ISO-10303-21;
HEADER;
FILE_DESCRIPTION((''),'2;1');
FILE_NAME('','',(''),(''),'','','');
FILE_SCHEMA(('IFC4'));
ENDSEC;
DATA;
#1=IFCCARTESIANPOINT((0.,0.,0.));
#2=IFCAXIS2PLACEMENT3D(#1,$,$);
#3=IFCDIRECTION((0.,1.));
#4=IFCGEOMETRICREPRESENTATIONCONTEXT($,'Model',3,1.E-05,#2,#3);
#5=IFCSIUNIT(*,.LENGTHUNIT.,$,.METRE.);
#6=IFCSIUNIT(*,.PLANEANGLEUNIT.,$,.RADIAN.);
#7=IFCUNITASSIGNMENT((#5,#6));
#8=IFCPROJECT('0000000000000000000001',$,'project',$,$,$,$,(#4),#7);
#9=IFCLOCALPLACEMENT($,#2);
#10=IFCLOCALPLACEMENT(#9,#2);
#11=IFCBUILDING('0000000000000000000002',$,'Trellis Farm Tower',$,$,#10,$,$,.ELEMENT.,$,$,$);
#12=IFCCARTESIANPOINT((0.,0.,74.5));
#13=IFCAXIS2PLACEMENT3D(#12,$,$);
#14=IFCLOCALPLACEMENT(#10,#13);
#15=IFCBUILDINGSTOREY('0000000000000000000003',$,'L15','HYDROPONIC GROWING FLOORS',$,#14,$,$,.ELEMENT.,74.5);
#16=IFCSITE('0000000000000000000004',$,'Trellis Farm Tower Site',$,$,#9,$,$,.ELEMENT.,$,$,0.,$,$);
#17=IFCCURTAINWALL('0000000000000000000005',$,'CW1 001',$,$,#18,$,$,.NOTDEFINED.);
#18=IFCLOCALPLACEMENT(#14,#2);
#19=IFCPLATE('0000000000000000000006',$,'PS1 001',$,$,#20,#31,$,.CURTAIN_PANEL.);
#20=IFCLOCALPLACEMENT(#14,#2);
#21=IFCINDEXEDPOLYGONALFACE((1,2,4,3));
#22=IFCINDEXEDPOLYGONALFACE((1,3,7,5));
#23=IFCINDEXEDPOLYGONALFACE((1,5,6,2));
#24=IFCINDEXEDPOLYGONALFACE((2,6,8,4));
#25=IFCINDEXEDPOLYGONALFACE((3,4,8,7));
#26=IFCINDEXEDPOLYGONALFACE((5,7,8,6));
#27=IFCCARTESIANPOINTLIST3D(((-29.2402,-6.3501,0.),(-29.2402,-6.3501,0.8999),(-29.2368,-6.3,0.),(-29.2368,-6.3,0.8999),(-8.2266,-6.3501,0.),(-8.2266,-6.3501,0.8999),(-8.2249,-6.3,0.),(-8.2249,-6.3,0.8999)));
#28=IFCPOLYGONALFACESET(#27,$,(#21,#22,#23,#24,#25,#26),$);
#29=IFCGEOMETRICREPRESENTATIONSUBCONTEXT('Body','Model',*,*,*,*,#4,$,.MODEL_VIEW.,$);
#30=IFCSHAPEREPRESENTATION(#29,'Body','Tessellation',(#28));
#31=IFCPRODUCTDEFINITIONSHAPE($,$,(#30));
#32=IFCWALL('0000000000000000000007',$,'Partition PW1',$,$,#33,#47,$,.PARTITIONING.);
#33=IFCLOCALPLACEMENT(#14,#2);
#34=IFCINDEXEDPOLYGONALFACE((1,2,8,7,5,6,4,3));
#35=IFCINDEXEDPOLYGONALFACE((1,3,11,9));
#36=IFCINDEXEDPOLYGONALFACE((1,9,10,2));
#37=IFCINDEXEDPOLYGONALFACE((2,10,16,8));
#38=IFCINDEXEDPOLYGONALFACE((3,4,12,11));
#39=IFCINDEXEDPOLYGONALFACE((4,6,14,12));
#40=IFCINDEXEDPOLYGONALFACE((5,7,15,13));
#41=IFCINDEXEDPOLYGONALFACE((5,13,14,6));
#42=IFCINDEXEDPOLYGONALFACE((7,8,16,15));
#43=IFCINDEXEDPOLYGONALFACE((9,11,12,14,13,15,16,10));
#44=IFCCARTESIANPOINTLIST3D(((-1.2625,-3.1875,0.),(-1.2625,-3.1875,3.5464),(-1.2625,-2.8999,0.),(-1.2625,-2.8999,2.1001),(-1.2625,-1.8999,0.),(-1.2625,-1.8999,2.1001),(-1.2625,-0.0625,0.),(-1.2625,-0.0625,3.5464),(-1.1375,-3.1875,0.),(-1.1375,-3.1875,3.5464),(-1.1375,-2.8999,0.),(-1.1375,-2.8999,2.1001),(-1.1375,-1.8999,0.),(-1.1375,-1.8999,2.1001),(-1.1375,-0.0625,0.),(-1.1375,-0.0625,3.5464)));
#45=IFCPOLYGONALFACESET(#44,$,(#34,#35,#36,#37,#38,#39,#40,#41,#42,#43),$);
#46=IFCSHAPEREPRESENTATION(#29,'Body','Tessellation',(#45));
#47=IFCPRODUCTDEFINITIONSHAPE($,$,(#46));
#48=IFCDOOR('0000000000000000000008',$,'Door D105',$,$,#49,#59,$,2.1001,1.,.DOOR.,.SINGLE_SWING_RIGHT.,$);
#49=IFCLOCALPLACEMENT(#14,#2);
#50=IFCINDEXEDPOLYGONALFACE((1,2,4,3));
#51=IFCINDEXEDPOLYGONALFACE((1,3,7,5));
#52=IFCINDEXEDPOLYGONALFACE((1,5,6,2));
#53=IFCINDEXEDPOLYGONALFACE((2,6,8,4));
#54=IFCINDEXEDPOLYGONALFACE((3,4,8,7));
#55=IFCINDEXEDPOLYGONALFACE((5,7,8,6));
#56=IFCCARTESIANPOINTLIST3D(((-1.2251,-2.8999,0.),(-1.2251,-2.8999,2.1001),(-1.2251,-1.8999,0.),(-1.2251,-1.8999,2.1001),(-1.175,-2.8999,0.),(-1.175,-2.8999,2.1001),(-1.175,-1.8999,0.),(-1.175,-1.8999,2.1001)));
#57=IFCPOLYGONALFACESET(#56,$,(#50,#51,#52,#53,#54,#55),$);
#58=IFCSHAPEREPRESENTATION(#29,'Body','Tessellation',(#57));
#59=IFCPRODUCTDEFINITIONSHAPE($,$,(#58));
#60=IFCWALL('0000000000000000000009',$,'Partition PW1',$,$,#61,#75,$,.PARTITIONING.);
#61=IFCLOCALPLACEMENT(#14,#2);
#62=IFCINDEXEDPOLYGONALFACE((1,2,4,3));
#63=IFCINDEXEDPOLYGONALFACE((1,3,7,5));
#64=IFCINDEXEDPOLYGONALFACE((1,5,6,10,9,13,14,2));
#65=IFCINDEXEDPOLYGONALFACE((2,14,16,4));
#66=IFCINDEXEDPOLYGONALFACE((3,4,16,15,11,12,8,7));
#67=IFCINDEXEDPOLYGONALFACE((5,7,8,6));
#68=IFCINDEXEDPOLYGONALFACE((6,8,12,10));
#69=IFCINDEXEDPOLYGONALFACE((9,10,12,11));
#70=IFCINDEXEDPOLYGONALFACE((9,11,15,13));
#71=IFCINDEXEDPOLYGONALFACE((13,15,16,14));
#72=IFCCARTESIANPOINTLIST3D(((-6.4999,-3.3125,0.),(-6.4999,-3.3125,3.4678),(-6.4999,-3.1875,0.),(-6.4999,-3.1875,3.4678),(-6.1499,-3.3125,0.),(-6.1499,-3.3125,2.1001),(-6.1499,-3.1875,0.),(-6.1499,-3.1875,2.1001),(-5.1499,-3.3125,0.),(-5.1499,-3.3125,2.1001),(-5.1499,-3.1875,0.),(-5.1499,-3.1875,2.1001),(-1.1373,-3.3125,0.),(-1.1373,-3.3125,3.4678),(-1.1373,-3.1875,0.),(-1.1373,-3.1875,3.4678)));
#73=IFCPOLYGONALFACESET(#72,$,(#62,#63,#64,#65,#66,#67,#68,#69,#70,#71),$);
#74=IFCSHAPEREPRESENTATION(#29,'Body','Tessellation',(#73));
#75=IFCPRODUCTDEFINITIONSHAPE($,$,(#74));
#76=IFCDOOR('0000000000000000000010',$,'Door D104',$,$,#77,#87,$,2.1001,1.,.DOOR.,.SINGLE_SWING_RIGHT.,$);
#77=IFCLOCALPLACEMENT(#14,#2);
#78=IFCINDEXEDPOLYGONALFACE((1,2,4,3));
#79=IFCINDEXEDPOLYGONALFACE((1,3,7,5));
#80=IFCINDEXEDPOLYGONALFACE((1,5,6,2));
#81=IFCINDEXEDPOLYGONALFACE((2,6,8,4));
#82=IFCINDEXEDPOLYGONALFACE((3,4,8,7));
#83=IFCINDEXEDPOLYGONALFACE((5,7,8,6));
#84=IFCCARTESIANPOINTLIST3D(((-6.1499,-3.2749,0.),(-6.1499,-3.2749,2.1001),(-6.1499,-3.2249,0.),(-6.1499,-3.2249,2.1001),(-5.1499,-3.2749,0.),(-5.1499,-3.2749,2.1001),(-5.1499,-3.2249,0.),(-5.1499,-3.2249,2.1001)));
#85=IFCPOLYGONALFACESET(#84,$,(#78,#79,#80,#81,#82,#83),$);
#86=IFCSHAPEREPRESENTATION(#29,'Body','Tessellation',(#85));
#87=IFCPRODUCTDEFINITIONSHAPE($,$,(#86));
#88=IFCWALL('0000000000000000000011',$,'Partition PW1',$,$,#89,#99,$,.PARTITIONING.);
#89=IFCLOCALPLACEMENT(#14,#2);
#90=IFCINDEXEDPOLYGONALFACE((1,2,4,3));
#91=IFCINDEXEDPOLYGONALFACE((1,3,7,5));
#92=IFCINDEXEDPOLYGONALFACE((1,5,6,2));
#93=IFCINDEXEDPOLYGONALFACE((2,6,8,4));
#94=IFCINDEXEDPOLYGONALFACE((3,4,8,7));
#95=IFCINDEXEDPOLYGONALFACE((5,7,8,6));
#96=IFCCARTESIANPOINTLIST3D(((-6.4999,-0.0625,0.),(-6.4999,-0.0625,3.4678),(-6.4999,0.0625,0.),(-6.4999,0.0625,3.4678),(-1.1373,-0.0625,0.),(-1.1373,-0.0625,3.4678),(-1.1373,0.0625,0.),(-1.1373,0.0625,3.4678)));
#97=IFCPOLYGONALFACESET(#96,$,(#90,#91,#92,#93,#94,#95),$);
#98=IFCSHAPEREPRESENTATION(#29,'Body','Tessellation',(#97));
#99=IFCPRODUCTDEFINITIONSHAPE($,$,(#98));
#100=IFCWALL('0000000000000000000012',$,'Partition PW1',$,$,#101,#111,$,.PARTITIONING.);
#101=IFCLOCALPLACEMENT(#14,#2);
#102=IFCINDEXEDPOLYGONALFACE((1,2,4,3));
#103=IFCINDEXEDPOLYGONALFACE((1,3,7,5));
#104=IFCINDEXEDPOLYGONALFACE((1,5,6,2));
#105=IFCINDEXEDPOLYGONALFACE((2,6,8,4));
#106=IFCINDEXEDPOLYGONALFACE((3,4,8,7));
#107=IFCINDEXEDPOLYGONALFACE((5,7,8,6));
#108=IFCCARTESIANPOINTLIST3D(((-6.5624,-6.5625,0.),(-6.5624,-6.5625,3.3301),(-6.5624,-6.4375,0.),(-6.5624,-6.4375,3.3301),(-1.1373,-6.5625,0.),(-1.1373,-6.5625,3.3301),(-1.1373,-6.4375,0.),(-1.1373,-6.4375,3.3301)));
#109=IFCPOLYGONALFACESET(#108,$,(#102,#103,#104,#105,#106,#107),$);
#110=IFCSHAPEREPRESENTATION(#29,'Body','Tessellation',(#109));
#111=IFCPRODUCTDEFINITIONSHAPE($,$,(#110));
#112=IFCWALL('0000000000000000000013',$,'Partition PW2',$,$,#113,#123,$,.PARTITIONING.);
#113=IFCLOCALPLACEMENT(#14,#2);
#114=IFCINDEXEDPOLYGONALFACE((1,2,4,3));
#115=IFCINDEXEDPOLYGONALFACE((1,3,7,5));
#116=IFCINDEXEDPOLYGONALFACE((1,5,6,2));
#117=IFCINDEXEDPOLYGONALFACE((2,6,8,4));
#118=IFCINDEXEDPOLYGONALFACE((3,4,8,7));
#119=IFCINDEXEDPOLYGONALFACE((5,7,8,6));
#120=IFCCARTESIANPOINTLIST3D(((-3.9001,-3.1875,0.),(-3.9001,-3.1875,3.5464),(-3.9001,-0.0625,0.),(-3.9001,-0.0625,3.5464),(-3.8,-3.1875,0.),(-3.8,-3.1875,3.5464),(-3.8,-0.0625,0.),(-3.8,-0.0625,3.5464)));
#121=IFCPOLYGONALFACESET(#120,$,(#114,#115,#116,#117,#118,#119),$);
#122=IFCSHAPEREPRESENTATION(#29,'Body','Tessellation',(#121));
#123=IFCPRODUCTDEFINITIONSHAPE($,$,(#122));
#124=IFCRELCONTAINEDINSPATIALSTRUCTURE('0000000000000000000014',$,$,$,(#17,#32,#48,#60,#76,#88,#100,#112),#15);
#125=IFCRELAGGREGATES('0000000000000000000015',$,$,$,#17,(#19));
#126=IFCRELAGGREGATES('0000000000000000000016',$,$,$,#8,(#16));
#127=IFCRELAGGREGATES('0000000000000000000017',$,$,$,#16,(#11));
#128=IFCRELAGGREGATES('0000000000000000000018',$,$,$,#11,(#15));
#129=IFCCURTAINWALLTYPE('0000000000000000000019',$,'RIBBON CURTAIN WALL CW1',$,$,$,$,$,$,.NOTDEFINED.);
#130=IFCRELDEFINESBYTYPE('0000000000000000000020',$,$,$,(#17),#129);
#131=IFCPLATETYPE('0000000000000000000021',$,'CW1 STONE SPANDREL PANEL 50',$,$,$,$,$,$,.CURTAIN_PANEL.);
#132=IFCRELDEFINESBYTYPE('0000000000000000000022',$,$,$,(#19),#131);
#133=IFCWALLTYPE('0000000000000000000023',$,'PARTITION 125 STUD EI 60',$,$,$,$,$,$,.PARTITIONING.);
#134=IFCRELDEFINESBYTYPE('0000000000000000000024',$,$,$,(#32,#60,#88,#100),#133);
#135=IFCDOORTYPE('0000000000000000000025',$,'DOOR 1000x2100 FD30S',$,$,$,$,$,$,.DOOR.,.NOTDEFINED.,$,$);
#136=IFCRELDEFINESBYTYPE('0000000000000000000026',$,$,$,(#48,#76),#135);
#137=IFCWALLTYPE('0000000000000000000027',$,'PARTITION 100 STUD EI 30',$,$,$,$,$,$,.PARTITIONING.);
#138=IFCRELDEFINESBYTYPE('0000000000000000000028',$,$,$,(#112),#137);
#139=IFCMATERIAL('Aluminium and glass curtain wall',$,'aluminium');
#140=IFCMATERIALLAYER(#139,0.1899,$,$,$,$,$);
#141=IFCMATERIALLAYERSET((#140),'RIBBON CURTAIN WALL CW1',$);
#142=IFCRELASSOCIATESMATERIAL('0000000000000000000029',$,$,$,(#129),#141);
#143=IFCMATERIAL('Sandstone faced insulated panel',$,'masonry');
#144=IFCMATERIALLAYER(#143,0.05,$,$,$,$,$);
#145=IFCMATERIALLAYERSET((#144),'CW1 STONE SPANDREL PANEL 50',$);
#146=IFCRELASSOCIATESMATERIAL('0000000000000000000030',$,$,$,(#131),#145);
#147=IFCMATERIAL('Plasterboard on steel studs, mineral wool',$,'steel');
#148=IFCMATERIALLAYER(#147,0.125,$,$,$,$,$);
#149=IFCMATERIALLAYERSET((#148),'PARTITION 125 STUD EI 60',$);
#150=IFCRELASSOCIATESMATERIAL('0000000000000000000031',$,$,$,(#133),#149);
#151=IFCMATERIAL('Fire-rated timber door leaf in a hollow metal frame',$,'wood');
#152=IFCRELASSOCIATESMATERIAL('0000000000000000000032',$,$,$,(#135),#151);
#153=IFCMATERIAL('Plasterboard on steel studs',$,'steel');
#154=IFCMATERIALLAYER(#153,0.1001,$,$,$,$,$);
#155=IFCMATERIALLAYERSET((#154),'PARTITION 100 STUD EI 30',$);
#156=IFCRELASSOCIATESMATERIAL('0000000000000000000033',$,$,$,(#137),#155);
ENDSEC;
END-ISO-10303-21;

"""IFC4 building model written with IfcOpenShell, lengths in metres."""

from ifc_helpers import new_model, si_unit, direction, frame, frame_2d, origin, place, context, subcontext, project, spatial, polyline, rectangle, outline, extrude, source, transform, mapped, material, layer, layer_set, type_object, element, fill, aggregate, save


model = new_model("IFC4")

# Units and contexts
model_context = context("Model", 3, precision=1e-05, world=origin(), true_north=direction((0.0, 1.0)))
body_context = subcontext(model_context, "Body", "Model", "MODEL_VIEW")
ifc_project = project(units=[si_unit("LENGTHUNIT", "METRE"), si_unit("PLANEANGLEUNIT", "RADIAN")], contexts=[model_context])

# Site, building, storey
site_placement = place(None, origin())
site = spatial("IfcSite", under=ifc_project, at=site_placement, Name="Trellis Farm Tower Site", CompositionType="ELEMENT", RefElevation=0.0)
building_placement = place(site_placement, origin())
building = spatial("IfcBuilding", under=site, at=building_placement, Name="Trellis Farm Tower", CompositionType="ELEMENT")
storey_placement = place(building_placement, frame((0.0, 0.0, 74.5)))
storey = spatial("IfcBuildingStorey", under=building, at=storey_placement, Name="L15", Description="HYDROPONIC GROWING FLOORS", CompositionType="ELEMENT", Elevation=74.5)

# Shared definitions
placement_1 = place(storey_placement, origin())

# Curtain wall, plate
ifc_material_1 = material(Name="Aluminium and glass curtain wall", Category="aluminium")
ifc_layer_1 = layer(ifc_material_1, 0.1899)
ifc_layer_set_1 = layer_set([ifc_layer_1], Name="RIBBON CURTAIN WALL CW1")
curtain_wall_type = type_object("IfcCurtainWallType", Name="RIBBON CURTAIN WALL CW1", PredefinedType="NOTDEFINED", material=ifc_layer_set_1)
curtain_wall = element("IfcCurtainWall", 1, at=placement_1, inside=storey, type_object=curtain_wall_type, Name="CW1 001", PredefinedType="NOTDEFINED")
ifc_material_2 = material(Name="Sandstone faced insulated panel", Category="masonry")
ifc_layer_2 = layer(ifc_material_2, 0.05)
ifc_layer_set_2 = layer_set([ifc_layer_2], Name="CW1 STONE SPANDREL PANEL 50")
plate_type_1 = type_object("IfcPlateType", Name="CW1 STONE SPANDREL PANEL 50", PredefinedType="CURTAIN_PANEL", material=ifc_layer_set_2)
shared_shape_1 = source(origin(), body_context, "Body", "SweptSolid", [
    extrude(outline(polyline([(-29.2402, -6.3501), (-8.2266, -6.3501), (-8.2249, -6.3), (-29.2368, -6.3), (-29.2402, -6.3501)])), origin(), (0.0, 0.0, 1.0), 0.8999),
])
plate_1 = element("IfcPlate", 2, at=placement_1, type_object=plate_type_1, Name="PS1 001", PredefinedType="CURTAIN_PANEL", context=body_context, shape_type="MappedRepresentation", body=[
    mapped(shared_shape_1, transform((0.0, 0.0, 0.0))),
])
aggregate(curtain_wall, [plate_1])

# Walls, openings, doors
ifc_material_3 = material(Name="Plasterboard on steel studs, mineral wool", Category="steel")
ifc_layer_3 = layer(ifc_material_3, 0.125)
ifc_layer_set_3 = layer_set([ifc_layer_3], Name="PARTITION 125 STUD EI 60")
wall_type_1 = type_object("IfcWallType", Name="PARTITION 125 STUD EI 60", PredefinedType="PARTITIONING", material=ifc_layer_set_3)
shared_shape_2 = source(origin(), body_context, "Body", "SweptSolid", [
    extrude(rectangle(XDim=3.125, YDim=0.125, at=frame_2d((1.5625, 0.0))), origin(), (0.0, 0.0, 1.0), 3.5464),
])
wall_1_placement = place(storey_placement, frame((-1.2, -0.0625, 0.0), z_axis=(0.0, 0.0, 1.0), x_axis=(0.0, -1.0, 0.0)))
wall_1 = element("IfcWall", 3, at=wall_1_placement, inside=storey, type_object=wall_type_1, Name="Partition PW1", PredefinedType="PARTITIONING", context=body_context, shape_type="MappedRepresentation", body=[
    mapped(shared_shape_2, transform((0.0, 0.0, 0.0))),
])
shared_shape_3 = source(origin(), body_context, "Body", "SweptSolid", [
    extrude(rectangle(XDim=1.0, YDim=2.1001, at=frame_2d((0.5, 1.05))), frame((0.0, 0.0725, 0.0), z_axis=(0.0, -1.0, 0.0), x_axis=(1.0, 0.0, 0.0)), (0.0, 0.0, 1.0), 0.145),
])
opening_1_placement = place(wall_1_placement, frame((1.8374, 0.0, 0.0)))
opening_1 = element("IfcOpeningElement", 4, at=opening_1_placement, cuts=wall_1, PredefinedType="OPENING", context=body_context, shape_type="MappedRepresentation", body=[
    mapped(shared_shape_3, transform((0.0, 0.0, 0.0))),
])
ifc_material_4 = material(Name="Fire-rated timber door leaf in a hollow metal frame", Category="wood")
door_type = type_object("IfcDoorType", Name="DOOR 1000x2100 FD30S", OperationType="NOTDEFINED", PredefinedType="DOOR", material=ifc_material_4)
shared_shape_4 = source(origin(), body_context, "Body", "SweptSolid", [
    extrude(rectangle(XDim=1.0, YDim=2.1001, at=frame_2d((0.5, 1.05))), frame((0.0, 0.0249, 0.0), z_axis=(0.0, -1.0, 0.0), x_axis=(1.0, 0.0, 0.0)), (0.0, 0.0, 1.0), 0.05),
])
door_1_placement = place(opening_1_placement, origin())
door_1 = element("IfcDoor", 5, at=door_1_placement, inside=storey, type_object=door_type, Name="Door D105", OperationType="SINGLE_SWING_RIGHT", OverallHeight=2.1001, OverallWidth=1.0, PredefinedType="DOOR", context=body_context, shape_type="MappedRepresentation", body=[
    mapped(shared_shape_4, transform((0.0, 0.0, 0.0))),
])
fill(opening_1, door_1)
shared_shape_5 = source(origin(), body_context, "Body", "SweptSolid", [
    extrude(rectangle(XDim=5.3625, YDim=0.125, at=frame_2d((2.6812, 0.0))), origin(), (0.0, 0.0, 1.0), 3.4678),
])
wall_2_placement = place(storey_placement, frame((-1.1375, -3.25, 0.0), z_axis=(0.0, 0.0, 1.0), x_axis=(-1.0, 0.0, 0.0)))
wall_2 = element("IfcWall", 6, at=wall_2_placement, inside=storey, type_object=wall_type_1, Name="Partition PW1", PredefinedType="PARTITIONING", context=body_context, shape_type="MappedRepresentation", body=[
    mapped(shared_shape_5, transform((0.0, 0.0, 0.0))),
])
opening_2_placement = place(wall_2_placement, frame((4.0125, 0.0, 0.0)))
opening_2 = element("IfcOpeningElement", 7, at=opening_2_placement, cuts=wall_2, PredefinedType="OPENING", context=body_context, shape_type="MappedRepresentation", body=[
    mapped(shared_shape_3, transform((0.0, 0.0, 0.0))),
])
door_2_placement = place(opening_2_placement, origin())
door_2 = element("IfcDoor", 8, at=door_2_placement, inside=storey, type_object=door_type, Name="Door D104", OperationType="SINGLE_SWING_RIGHT", OverallHeight=2.1001, OverallWidth=1.0, PredefinedType="DOOR", context=body_context, shape_type="MappedRepresentation", body=[
    mapped(shared_shape_4, transform((0.0, 0.0, 0.0))),
])
fill(opening_2, door_2)

# Walls
wall_3_placement = place(storey_placement, frame((-1.1375, 0.0, 0.0), z_axis=(0.0, 0.0, 1.0), x_axis=(-1.0, 0.0, 0.0)))
element("IfcWall", 9, at=wall_3_placement, inside=storey, type_object=wall_type_1, Name="Partition PW1", PredefinedType="PARTITIONING", context=body_context, shape_type="MappedRepresentation", body=[
    mapped(shared_shape_5, transform((0.0, 0.0, 0.0))),
])
shared_shape_6 = source(origin(), body_context, "Body", "SweptSolid", [
    extrude(rectangle(XDim=5.425, YDim=0.125, at=frame_2d((2.7124, 0.0))), origin(), (0.0, 0.0, 1.0), 3.3301),
])
wall_4_placement = place(storey_placement, frame((-1.1375, -6.5, 0.0), z_axis=(0.0, 0.0, 1.0), x_axis=(-1.0, 0.0, 0.0)))
element("IfcWall", 10, at=wall_4_placement, inside=storey, type_object=wall_type_1, Name="Partition PW1", PredefinedType="PARTITIONING", context=body_context, shape_type="MappedRepresentation", body=[
    mapped(shared_shape_6, transform((0.0, 0.0, 0.0))),
])
ifc_material_5 = material(Name="Plasterboard on steel studs", Category="steel")
ifc_layer_4 = layer(ifc_material_5, 0.1001)
ifc_layer_set_4 = layer_set([ifc_layer_4], Name="PARTITION 100 STUD EI 30")
wall_type_2 = type_object("IfcWallType", Name="PARTITION 100 STUD EI 30", PredefinedType="PARTITIONING", material=ifc_layer_set_4)
shared_shape_7 = source(origin(), body_context, "Body", "SweptSolid", [
    extrude(rectangle(XDim=3.125, YDim=0.1001, at=frame_2d((1.5625, 0.0))), origin(), (0.0, 0.0, 1.0), 3.5464),
])
wall_5_placement = place(storey_placement, frame((-3.8501, -3.1875, 0.0), z_axis=(0.0, 0.0, 1.0), x_axis=(0.0, 1.0, 0.0)))
element("IfcWall", 11, at=wall_5_placement, inside=storey, type_object=wall_type_2, Name="Partition PW2", PredefinedType="PARTITIONING", context=body_context, shape_type="MappedRepresentation", body=[
    mapped(shared_shape_7, transform((0.0, 0.0, 0.0))),
])

save(model, "model.ifc")
